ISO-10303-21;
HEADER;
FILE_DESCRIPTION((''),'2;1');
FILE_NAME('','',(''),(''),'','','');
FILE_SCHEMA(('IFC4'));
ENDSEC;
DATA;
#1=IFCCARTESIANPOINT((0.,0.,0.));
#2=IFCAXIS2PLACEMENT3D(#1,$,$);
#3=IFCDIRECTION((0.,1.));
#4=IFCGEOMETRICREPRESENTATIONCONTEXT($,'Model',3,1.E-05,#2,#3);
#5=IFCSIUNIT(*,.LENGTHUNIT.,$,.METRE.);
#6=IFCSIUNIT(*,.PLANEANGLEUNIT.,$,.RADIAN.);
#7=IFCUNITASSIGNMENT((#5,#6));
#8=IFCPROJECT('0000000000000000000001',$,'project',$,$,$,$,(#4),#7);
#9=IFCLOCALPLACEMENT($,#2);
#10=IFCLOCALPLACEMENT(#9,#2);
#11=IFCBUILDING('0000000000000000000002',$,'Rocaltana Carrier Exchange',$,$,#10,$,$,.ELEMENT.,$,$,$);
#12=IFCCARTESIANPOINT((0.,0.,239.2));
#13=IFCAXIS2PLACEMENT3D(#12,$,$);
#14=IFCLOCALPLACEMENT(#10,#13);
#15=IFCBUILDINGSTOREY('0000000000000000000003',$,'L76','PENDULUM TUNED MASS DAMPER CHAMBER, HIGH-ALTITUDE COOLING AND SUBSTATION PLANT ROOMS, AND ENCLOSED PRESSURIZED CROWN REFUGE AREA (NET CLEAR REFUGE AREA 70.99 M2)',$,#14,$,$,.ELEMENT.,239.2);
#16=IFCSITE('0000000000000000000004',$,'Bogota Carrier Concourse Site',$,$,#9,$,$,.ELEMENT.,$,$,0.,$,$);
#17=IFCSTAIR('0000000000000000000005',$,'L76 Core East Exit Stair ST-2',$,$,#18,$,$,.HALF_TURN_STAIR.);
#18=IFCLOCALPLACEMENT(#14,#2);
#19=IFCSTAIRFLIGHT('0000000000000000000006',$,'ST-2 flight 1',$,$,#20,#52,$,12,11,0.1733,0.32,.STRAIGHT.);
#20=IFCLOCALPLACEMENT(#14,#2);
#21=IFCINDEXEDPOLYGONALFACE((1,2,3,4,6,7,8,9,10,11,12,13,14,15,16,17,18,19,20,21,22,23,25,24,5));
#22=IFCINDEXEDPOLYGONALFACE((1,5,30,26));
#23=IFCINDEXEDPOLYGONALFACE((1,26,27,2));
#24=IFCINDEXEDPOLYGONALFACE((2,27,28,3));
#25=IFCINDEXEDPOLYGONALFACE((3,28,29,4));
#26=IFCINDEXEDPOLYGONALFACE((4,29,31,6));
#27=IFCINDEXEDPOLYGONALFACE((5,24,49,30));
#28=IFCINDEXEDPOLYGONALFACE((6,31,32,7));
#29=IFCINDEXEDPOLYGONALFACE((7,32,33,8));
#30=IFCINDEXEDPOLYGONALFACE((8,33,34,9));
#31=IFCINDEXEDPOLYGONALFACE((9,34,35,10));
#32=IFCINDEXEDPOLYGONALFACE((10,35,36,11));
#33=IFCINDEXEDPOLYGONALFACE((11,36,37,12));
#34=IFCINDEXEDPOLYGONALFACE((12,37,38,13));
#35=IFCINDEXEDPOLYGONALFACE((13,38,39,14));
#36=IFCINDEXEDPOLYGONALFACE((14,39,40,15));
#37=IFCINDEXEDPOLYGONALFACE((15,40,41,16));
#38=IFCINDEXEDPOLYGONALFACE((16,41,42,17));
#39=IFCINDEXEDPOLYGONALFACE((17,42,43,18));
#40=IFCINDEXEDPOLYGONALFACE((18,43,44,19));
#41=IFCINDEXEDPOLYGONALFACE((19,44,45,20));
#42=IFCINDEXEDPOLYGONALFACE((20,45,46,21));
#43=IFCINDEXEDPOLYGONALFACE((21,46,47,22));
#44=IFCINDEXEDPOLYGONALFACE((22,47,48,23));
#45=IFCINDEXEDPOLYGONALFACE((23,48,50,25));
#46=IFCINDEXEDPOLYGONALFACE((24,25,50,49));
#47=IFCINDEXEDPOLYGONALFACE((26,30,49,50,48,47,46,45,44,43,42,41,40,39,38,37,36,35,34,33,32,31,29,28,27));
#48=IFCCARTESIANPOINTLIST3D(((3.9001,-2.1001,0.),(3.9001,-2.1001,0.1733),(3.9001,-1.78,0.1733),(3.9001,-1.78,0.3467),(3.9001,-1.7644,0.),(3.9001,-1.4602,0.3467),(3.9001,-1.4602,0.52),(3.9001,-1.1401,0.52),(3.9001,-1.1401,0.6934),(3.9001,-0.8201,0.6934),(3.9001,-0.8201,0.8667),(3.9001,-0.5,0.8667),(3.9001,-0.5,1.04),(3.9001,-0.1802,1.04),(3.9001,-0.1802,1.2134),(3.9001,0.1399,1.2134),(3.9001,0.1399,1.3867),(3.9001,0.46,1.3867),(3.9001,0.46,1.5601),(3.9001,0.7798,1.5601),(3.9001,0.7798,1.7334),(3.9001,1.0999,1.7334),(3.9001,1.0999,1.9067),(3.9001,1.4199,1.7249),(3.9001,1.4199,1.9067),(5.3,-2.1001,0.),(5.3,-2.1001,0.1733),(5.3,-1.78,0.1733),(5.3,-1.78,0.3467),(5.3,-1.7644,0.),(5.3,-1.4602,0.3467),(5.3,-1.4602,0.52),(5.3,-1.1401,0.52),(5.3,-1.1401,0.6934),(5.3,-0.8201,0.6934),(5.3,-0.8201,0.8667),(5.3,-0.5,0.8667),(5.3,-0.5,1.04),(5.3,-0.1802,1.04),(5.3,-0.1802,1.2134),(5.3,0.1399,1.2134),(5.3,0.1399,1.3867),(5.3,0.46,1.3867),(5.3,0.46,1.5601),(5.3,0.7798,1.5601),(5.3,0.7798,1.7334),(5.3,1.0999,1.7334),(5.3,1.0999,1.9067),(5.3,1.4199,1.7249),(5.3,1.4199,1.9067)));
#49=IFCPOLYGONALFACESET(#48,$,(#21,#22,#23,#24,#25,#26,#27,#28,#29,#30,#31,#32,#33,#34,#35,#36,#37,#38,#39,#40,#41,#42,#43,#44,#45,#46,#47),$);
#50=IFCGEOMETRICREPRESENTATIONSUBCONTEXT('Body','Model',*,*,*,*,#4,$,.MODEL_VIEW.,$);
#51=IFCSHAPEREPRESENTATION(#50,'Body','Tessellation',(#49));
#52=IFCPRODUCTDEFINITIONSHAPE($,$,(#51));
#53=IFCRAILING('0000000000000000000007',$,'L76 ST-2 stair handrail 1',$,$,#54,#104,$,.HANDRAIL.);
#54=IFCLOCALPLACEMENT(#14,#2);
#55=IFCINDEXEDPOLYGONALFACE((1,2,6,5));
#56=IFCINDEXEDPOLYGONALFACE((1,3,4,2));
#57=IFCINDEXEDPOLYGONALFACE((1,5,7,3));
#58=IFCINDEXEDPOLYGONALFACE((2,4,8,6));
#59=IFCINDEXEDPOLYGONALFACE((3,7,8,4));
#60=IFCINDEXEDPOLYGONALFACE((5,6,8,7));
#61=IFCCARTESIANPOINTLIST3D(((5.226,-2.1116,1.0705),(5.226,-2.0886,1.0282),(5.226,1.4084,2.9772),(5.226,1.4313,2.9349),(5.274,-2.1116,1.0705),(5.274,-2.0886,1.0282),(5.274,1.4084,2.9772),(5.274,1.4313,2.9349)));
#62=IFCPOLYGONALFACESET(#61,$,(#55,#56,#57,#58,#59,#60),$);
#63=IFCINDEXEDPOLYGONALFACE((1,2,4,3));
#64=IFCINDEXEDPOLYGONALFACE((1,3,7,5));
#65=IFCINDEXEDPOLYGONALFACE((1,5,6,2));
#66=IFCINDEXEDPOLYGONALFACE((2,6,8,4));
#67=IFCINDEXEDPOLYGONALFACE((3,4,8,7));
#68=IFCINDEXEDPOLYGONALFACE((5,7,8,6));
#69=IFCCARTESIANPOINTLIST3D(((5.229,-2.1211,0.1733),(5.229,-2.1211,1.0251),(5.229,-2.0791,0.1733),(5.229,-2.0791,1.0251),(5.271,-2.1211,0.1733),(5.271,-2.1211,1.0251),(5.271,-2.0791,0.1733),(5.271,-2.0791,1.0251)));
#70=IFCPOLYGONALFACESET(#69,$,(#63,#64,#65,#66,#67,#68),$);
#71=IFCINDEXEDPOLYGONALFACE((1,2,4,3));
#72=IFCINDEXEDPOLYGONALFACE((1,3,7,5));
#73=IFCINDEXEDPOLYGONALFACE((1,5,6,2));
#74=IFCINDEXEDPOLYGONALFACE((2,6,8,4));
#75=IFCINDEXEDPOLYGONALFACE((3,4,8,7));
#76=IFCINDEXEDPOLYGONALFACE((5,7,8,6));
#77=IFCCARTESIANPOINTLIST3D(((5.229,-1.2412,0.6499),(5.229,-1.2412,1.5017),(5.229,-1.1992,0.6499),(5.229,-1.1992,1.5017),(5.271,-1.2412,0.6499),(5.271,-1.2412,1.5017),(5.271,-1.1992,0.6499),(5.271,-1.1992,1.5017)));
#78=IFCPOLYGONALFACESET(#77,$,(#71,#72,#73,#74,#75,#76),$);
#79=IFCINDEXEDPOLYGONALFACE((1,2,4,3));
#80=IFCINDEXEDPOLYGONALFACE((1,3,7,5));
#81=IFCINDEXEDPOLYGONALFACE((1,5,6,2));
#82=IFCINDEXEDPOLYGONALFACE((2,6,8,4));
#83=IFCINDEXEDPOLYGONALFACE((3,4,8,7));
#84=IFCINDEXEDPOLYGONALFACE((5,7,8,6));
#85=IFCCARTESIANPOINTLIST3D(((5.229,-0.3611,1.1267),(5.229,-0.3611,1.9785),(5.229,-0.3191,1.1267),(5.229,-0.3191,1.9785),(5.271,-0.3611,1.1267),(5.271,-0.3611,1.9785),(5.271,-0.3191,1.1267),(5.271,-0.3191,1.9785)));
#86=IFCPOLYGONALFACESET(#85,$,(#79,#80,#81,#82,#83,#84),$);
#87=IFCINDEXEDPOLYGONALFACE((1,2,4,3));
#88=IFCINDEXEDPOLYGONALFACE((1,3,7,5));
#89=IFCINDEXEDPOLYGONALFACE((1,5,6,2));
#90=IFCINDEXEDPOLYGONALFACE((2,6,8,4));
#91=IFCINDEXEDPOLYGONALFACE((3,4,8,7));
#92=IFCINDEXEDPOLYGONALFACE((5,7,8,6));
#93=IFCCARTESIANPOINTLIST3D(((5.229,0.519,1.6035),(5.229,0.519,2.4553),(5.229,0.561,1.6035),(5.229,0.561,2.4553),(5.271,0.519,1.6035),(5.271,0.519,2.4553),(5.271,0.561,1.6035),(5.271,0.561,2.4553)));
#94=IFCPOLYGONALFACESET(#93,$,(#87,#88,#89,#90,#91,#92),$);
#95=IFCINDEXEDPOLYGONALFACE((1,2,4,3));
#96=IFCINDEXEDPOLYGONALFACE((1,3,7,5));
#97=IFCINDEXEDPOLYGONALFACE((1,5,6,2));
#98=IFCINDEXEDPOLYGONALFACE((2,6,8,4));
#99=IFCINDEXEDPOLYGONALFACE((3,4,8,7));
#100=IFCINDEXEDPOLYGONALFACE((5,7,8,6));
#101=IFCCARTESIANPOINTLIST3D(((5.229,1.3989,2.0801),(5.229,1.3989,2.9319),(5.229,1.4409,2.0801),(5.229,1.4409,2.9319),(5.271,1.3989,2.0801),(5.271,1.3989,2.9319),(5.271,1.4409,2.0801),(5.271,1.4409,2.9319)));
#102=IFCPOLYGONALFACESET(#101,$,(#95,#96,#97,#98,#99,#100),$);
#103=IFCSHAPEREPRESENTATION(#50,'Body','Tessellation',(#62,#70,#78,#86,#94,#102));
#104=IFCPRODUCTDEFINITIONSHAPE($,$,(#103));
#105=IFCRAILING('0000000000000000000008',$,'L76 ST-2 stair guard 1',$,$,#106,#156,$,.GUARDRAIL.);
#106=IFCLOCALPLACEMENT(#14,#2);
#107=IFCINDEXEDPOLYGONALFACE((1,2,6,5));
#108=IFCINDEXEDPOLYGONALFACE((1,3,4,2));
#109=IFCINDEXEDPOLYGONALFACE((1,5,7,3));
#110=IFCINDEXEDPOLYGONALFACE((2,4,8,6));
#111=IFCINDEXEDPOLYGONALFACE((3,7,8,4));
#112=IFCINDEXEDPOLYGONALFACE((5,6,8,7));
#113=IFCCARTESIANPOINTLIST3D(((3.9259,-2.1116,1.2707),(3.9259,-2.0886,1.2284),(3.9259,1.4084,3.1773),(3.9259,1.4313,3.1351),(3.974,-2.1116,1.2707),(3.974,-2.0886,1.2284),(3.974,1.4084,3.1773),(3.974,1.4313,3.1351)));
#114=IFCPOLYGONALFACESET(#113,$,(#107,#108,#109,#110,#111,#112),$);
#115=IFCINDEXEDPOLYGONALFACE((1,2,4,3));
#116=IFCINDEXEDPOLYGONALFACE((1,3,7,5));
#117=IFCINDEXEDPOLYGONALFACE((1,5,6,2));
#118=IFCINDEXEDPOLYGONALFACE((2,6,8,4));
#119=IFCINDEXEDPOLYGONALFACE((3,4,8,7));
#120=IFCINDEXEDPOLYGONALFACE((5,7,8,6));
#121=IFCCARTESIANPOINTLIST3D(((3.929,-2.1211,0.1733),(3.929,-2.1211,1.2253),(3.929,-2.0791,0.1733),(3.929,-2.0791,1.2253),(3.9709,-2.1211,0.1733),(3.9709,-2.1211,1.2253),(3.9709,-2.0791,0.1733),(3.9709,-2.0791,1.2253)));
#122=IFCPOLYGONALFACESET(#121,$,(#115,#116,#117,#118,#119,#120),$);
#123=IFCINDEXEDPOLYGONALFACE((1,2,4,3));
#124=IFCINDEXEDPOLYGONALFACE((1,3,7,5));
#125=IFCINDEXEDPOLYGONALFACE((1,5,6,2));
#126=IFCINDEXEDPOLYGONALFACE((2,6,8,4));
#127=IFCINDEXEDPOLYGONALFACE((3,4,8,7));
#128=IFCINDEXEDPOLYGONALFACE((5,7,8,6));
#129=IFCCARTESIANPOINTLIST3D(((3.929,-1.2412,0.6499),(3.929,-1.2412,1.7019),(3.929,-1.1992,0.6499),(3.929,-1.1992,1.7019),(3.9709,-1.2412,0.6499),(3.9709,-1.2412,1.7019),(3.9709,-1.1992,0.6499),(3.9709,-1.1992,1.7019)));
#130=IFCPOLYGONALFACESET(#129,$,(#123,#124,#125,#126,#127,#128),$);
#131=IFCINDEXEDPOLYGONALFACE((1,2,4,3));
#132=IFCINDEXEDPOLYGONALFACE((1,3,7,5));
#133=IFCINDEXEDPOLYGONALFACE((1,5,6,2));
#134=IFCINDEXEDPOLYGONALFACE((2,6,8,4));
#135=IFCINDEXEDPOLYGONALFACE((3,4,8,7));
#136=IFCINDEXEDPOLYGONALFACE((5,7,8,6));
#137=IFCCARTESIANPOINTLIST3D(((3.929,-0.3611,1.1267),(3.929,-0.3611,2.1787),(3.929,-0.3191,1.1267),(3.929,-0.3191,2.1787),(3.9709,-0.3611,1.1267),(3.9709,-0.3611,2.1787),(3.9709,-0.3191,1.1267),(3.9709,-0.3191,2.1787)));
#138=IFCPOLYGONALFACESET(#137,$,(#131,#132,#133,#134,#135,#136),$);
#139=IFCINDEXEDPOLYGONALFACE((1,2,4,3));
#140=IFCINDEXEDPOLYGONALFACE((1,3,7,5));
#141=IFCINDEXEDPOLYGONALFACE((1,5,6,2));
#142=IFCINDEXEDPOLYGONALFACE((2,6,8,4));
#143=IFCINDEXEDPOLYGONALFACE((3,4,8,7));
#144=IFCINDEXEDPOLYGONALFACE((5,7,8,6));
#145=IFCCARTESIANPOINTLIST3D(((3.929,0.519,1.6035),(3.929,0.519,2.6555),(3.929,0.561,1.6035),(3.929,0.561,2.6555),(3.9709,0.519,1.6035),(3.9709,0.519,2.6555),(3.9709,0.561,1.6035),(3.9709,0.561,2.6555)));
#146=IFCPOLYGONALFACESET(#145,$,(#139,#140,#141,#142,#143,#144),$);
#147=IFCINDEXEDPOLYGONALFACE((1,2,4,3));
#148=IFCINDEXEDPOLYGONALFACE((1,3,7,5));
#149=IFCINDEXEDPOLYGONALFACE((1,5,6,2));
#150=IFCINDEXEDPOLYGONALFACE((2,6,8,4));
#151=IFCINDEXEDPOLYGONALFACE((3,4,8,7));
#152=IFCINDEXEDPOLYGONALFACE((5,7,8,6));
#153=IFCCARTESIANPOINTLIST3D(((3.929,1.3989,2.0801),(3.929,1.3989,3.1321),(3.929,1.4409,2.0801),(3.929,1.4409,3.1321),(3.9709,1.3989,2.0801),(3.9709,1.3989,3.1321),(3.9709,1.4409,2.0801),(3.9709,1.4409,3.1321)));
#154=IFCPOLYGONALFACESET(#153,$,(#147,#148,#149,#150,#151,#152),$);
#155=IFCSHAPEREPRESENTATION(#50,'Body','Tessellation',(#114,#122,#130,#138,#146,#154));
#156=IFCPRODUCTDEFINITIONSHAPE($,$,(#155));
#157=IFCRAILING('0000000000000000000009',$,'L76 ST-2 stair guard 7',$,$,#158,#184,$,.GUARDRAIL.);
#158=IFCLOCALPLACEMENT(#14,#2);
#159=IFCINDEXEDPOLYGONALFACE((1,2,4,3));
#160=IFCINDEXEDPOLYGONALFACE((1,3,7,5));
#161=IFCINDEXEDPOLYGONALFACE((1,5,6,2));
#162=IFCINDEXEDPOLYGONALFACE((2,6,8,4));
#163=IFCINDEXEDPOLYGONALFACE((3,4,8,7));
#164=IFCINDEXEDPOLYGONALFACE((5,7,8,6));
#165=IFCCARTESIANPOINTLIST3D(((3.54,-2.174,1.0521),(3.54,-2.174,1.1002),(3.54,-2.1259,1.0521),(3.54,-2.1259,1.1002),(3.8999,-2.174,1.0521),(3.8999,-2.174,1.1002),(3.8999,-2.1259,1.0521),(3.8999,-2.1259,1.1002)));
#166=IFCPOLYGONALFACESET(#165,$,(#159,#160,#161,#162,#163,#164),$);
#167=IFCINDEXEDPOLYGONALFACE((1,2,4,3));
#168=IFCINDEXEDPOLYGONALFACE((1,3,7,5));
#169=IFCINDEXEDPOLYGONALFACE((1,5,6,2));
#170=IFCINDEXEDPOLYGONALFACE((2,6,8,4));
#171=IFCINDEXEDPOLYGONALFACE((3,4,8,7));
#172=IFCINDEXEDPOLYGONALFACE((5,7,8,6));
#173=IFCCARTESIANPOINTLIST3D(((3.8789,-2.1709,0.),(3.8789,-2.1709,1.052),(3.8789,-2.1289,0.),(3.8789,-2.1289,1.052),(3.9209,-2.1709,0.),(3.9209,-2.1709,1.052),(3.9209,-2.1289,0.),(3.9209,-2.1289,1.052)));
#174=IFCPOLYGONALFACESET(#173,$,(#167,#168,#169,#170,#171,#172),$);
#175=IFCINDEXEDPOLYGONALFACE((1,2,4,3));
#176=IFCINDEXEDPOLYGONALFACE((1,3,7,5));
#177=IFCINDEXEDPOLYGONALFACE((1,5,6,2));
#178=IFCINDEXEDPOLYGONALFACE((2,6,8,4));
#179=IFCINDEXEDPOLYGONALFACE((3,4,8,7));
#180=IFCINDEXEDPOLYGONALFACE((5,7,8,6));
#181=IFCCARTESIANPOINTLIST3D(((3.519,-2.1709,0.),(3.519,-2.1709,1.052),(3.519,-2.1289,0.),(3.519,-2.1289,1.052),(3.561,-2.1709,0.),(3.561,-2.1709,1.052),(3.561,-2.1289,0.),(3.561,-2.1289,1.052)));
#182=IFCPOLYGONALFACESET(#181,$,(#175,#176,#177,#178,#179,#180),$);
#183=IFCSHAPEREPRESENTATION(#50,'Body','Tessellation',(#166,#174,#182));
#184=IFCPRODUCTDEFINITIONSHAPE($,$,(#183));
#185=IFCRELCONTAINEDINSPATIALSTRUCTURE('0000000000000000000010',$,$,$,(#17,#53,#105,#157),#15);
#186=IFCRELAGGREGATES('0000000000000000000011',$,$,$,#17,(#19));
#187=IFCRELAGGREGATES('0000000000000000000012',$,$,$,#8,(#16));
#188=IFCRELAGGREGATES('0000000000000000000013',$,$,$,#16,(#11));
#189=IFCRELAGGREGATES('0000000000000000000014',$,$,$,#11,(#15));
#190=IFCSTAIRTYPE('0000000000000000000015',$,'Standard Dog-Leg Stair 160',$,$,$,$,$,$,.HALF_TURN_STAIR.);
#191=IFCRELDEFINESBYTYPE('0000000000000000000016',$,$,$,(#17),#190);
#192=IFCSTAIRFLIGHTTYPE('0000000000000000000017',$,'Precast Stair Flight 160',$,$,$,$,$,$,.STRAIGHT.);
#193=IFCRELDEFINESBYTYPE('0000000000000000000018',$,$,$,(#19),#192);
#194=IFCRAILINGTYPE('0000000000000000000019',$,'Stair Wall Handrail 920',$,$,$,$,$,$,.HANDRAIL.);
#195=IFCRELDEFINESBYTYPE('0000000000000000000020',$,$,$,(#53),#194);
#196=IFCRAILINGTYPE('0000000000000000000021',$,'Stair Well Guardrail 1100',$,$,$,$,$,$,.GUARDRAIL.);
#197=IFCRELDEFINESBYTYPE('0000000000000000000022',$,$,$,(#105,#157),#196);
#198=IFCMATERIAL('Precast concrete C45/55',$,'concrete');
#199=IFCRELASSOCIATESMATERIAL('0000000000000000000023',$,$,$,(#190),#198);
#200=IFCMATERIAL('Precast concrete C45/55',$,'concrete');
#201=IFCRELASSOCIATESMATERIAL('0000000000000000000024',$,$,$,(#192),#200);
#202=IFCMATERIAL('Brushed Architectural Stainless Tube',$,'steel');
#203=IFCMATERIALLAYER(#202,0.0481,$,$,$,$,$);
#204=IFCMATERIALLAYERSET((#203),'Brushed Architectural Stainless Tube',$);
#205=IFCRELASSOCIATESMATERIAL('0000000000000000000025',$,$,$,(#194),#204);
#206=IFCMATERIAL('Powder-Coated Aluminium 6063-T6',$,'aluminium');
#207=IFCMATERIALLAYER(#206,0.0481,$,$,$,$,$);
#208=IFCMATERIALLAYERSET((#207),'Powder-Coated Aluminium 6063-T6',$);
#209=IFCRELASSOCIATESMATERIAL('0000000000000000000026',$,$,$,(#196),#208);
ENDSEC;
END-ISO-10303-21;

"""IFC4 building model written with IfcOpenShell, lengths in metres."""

from ifc_helpers import new_model, si_unit, direction, frame, origin, origin_2d, place, context, subcontext, project, spatial, polyline, rectangle, outline, extrude, material, layer, layer_set, type_object, element, aggregate, save


model = new_model("IFC4")

# Units and contexts
model_context = context("Model", 3, precision=1e-05, world=origin(), true_north=direction((0.0, 1.0)))
body_context = subcontext(model_context, "Body", "Model", "MODEL_VIEW")
ifc_project = project(units=[si_unit("LENGTHUNIT", "METRE"), si_unit("PLANEANGLEUNIT", "RADIAN")], contexts=[model_context])

# Site, building, storey
site_placement = place(None, origin())
site = spatial("IfcSite", under=ifc_project, at=site_placement, Name="Bogota Carrier Concourse Site", CompositionType="ELEMENT", RefElevation=0.0)
building_placement = place(site_placement, origin())
building = spatial("IfcBuilding", under=site, at=building_placement, Name="Rocaltana Carrier Exchange", CompositionType="ELEMENT")
storey_placement = place(building_placement, frame((0.0, 0.0, 239.2)))
storey = spatial("IfcBuildingStorey", under=building, at=storey_placement, Name="L76", Description="PENDULUM TUNED MASS DAMPER CHAMBER, HIGH-ALTITUDE COOLING AND SUBSTATION PLANT ROOMS, AND ENCLOSED PRESSURIZED CROWN REFUGE AREA (NET CLEAR REFUGE AREA 70.99 M2)", CompositionType="ELEMENT", Elevation=239.2)

# Stair, stair flight
ifc_material_1 = material(Name="Precast concrete C45/55", Category="concrete")
stair_type = type_object("IfcStairType", Name="Standard Dog-Leg Stair 160", PredefinedType="HALF_TURN_STAIR", material=ifc_material_1)
stair_placement = place(storey_placement, origin())
stair = element("IfcStair", 1, at=stair_placement, inside=storey, type_object=stair_type, Name="L76 Core East Exit Stair ST-2", PredefinedType="HALF_TURN_STAIR")
ifc_material_2 = material(Name="Precast concrete C45/55", Category="concrete")
stair_flight_type = type_object("IfcStairFlightType", Name="Precast Stair Flight 160", PredefinedType="STRAIGHT", material=ifc_material_2)
stair_flight_placement = place(storey_placement, frame((4.6001, -2.1001, 0.0), z_axis=(0.0, 0.0, 1.0), x_axis=(0.0, 1.0, 0.0)))
stair_flight = element("IfcStairFlight", 2, at=stair_flight_placement, type_object=stair_flight_type, Name="ST-2 flight 1", NumberOfRisers=12, NumberOfTreads=11, PredefinedType="STRAIGHT", RiserHeight=0.1733, TreadLength=0.32, context=body_context, shape_type="SweptSolid", body=[
    extrude(outline(polyline([(0.0, 0.0), (0.0, 0.1733), (0.3201, 0.1733), (0.3201, 0.3467), (0.6399, 0.3467), (0.6399, 0.52), (0.96, 0.52), (0.96, 0.6934), (1.28, 0.6934), (1.28, 0.8667), (1.6001, 0.8667), (1.6001, 1.04), (1.9199, 1.04), (1.9199, 1.2134), (2.24, 1.2134), (2.24, 1.3867), (2.5601, 1.3867), (2.5601, 1.5601), (2.8799, 1.5601), (2.8799, 1.7334), (3.2, 1.7334), (3.2, 1.9067), (3.52, 1.9067), (3.52, 2.0801), (3.52, 1.7249), (0.3357, 0.0), (0.0, 0.0)])), frame((0.0, 0.7, 0.0), z_axis=(0.0, -1.0, 0.0), x_axis=(1.0, 0.0, 0.0)), (0.0, 0.0, 1.0), 1.3999),
])
aggregate(stair, [stair_flight])

# Railings
ifc_material_3 = material(Name="Brushed Architectural Stainless Tube", Category="steel")
ifc_layer_1 = layer(ifc_material_3, 0.0481)
ifc_layer_set_1 = layer_set([ifc_layer_1], Name="Brushed Architectural Stainless Tube")
railing_type_1 = type_object("IfcRailingType", Name="Stair Wall Handrail 920", PredefinedType="HANDRAIL", material=ifc_layer_set_1)
railing_1_placement = place(storey_placement, frame((5.25, -2.1001, 0.1733)))
element("IfcRailing", 3, at=railing_1_placement, inside=storey, type_object=railing_type_1, Name="L76 ST-2 stair handrail 1", PredefinedType="HANDRAIL", context=body_context, shape_type="SweptSolid", body=[
    extrude(rectangle(XDim=0.0481, YDim=0.0481, at=origin_2d()), frame((0.0, 0.0, 0.876), z_axis=(0.0, 0.879286, 0.476295), x_axis=(-1.0, 0.0, 0.0)), (0.0, 0.0, 1.0), 4.0032),
    extrude(rectangle(XDim=0.042, YDim=0.042, at=origin_2d()), origin(), (0.0, 0.0, 1.0), 0.8518),
    extrude(rectangle(XDim=0.042, YDim=0.042, at=origin_2d()), frame((0.0, 0.8799, 0.4766)), (0.0, 0.0, 1.0), 0.8518),
    extrude(rectangle(XDim=0.042, YDim=0.042, at=origin_2d()), frame((0.0, 1.76, 0.9534)), (0.0, 0.0, 1.0), 0.8518),
    extrude(rectangle(XDim=0.042, YDim=0.042, at=origin_2d()), frame((0.0, 2.6401, 1.4302)), (0.0, 0.0, 1.0), 0.8518),
    extrude(rectangle(XDim=0.042, YDim=0.042, at=origin_2d()), frame((0.0, 3.52, 1.9067)), (0.0, 0.0, 1.0), 0.8518),
])
ifc_material_4 = material(Name="Powder-Coated Aluminium 6063-T6", Category="aluminium")
ifc_layer_2 = layer(ifc_material_4, 0.0481)
ifc_layer_set_2 = layer_set([ifc_layer_2], Name="Powder-Coated Aluminium 6063-T6")
railing_type_2 = type_object("IfcRailingType", Name="Stair Well Guardrail 1100", PredefinedType="GUARDRAIL", material=ifc_layer_set_2)
railing_2_placement = place(storey_placement, frame((3.95, -2.1001, 0.1733)))
element("IfcRailing", 4, at=railing_2_placement, inside=storey, type_object=railing_type_2, Name="L76 ST-2 stair guard 1", PredefinedType="GUARDRAIL", context=body_context, shape_type="SweptSolid", body=[
    extrude(rectangle(XDim=0.0481, YDim=0.0481, at=origin_2d()), frame((0.0, 0.0, 1.0762), z_axis=(0.0, 0.879286, 0.476295), x_axis=(-1.0, 0.0, 0.0)), (0.0, 0.0, 1.0), 4.0032),
    extrude(rectangle(XDim=0.042, YDim=0.042, at=origin_2d()), origin(), (0.0, 0.0, 1.0), 1.052),
    extrude(rectangle(XDim=0.042, YDim=0.042, at=origin_2d()), frame((0.0, 0.8799, 0.4766)), (0.0, 0.0, 1.0), 1.052),
    extrude(rectangle(XDim=0.042, YDim=0.042, at=origin_2d()), frame((0.0, 1.76, 0.9534)), (0.0, 0.0, 1.0), 1.052),
    extrude(rectangle(XDim=0.042, YDim=0.042, at=origin_2d()), frame((0.0, 2.6401, 1.4302)), (0.0, 0.0, 1.0), 1.052),
    extrude(rectangle(XDim=0.042, YDim=0.042, at=origin_2d()), frame((0.0, 3.52, 1.9067)), (0.0, 0.0, 1.0), 1.052),
])
railing_3_placement = place(storey_placement, frame((3.8999, -2.1499, 0.0)))
element("IfcRailing", 5, at=railing_3_placement, inside=storey, type_object=railing_type_2, Name="L76 ST-2 stair guard 7", PredefinedType="GUARDRAIL", context=body_context, shape_type="SweptSolid", body=[
    extrude(rectangle(XDim=0.0481, YDim=0.0481, at=origin_2d()), frame((0.0, 0.0, 1.0762), z_axis=(-1.0, 0.0, 0.0), x_axis=(0.0, -1.0, 0.0)), (0.0, 0.0, 1.0), 0.3599),
    extrude(rectangle(XDim=0.042, YDim=0.042, at=origin_2d()), origin(), (0.0, 0.0, 1.0), 1.052),
    extrude(rectangle(XDim=0.042, YDim=0.042, at=origin_2d()), frame((-0.3599, 0.0, 0.0)), (0.0, 0.0, 1.0), 1.052),
])

save(model, "model.ifc")
